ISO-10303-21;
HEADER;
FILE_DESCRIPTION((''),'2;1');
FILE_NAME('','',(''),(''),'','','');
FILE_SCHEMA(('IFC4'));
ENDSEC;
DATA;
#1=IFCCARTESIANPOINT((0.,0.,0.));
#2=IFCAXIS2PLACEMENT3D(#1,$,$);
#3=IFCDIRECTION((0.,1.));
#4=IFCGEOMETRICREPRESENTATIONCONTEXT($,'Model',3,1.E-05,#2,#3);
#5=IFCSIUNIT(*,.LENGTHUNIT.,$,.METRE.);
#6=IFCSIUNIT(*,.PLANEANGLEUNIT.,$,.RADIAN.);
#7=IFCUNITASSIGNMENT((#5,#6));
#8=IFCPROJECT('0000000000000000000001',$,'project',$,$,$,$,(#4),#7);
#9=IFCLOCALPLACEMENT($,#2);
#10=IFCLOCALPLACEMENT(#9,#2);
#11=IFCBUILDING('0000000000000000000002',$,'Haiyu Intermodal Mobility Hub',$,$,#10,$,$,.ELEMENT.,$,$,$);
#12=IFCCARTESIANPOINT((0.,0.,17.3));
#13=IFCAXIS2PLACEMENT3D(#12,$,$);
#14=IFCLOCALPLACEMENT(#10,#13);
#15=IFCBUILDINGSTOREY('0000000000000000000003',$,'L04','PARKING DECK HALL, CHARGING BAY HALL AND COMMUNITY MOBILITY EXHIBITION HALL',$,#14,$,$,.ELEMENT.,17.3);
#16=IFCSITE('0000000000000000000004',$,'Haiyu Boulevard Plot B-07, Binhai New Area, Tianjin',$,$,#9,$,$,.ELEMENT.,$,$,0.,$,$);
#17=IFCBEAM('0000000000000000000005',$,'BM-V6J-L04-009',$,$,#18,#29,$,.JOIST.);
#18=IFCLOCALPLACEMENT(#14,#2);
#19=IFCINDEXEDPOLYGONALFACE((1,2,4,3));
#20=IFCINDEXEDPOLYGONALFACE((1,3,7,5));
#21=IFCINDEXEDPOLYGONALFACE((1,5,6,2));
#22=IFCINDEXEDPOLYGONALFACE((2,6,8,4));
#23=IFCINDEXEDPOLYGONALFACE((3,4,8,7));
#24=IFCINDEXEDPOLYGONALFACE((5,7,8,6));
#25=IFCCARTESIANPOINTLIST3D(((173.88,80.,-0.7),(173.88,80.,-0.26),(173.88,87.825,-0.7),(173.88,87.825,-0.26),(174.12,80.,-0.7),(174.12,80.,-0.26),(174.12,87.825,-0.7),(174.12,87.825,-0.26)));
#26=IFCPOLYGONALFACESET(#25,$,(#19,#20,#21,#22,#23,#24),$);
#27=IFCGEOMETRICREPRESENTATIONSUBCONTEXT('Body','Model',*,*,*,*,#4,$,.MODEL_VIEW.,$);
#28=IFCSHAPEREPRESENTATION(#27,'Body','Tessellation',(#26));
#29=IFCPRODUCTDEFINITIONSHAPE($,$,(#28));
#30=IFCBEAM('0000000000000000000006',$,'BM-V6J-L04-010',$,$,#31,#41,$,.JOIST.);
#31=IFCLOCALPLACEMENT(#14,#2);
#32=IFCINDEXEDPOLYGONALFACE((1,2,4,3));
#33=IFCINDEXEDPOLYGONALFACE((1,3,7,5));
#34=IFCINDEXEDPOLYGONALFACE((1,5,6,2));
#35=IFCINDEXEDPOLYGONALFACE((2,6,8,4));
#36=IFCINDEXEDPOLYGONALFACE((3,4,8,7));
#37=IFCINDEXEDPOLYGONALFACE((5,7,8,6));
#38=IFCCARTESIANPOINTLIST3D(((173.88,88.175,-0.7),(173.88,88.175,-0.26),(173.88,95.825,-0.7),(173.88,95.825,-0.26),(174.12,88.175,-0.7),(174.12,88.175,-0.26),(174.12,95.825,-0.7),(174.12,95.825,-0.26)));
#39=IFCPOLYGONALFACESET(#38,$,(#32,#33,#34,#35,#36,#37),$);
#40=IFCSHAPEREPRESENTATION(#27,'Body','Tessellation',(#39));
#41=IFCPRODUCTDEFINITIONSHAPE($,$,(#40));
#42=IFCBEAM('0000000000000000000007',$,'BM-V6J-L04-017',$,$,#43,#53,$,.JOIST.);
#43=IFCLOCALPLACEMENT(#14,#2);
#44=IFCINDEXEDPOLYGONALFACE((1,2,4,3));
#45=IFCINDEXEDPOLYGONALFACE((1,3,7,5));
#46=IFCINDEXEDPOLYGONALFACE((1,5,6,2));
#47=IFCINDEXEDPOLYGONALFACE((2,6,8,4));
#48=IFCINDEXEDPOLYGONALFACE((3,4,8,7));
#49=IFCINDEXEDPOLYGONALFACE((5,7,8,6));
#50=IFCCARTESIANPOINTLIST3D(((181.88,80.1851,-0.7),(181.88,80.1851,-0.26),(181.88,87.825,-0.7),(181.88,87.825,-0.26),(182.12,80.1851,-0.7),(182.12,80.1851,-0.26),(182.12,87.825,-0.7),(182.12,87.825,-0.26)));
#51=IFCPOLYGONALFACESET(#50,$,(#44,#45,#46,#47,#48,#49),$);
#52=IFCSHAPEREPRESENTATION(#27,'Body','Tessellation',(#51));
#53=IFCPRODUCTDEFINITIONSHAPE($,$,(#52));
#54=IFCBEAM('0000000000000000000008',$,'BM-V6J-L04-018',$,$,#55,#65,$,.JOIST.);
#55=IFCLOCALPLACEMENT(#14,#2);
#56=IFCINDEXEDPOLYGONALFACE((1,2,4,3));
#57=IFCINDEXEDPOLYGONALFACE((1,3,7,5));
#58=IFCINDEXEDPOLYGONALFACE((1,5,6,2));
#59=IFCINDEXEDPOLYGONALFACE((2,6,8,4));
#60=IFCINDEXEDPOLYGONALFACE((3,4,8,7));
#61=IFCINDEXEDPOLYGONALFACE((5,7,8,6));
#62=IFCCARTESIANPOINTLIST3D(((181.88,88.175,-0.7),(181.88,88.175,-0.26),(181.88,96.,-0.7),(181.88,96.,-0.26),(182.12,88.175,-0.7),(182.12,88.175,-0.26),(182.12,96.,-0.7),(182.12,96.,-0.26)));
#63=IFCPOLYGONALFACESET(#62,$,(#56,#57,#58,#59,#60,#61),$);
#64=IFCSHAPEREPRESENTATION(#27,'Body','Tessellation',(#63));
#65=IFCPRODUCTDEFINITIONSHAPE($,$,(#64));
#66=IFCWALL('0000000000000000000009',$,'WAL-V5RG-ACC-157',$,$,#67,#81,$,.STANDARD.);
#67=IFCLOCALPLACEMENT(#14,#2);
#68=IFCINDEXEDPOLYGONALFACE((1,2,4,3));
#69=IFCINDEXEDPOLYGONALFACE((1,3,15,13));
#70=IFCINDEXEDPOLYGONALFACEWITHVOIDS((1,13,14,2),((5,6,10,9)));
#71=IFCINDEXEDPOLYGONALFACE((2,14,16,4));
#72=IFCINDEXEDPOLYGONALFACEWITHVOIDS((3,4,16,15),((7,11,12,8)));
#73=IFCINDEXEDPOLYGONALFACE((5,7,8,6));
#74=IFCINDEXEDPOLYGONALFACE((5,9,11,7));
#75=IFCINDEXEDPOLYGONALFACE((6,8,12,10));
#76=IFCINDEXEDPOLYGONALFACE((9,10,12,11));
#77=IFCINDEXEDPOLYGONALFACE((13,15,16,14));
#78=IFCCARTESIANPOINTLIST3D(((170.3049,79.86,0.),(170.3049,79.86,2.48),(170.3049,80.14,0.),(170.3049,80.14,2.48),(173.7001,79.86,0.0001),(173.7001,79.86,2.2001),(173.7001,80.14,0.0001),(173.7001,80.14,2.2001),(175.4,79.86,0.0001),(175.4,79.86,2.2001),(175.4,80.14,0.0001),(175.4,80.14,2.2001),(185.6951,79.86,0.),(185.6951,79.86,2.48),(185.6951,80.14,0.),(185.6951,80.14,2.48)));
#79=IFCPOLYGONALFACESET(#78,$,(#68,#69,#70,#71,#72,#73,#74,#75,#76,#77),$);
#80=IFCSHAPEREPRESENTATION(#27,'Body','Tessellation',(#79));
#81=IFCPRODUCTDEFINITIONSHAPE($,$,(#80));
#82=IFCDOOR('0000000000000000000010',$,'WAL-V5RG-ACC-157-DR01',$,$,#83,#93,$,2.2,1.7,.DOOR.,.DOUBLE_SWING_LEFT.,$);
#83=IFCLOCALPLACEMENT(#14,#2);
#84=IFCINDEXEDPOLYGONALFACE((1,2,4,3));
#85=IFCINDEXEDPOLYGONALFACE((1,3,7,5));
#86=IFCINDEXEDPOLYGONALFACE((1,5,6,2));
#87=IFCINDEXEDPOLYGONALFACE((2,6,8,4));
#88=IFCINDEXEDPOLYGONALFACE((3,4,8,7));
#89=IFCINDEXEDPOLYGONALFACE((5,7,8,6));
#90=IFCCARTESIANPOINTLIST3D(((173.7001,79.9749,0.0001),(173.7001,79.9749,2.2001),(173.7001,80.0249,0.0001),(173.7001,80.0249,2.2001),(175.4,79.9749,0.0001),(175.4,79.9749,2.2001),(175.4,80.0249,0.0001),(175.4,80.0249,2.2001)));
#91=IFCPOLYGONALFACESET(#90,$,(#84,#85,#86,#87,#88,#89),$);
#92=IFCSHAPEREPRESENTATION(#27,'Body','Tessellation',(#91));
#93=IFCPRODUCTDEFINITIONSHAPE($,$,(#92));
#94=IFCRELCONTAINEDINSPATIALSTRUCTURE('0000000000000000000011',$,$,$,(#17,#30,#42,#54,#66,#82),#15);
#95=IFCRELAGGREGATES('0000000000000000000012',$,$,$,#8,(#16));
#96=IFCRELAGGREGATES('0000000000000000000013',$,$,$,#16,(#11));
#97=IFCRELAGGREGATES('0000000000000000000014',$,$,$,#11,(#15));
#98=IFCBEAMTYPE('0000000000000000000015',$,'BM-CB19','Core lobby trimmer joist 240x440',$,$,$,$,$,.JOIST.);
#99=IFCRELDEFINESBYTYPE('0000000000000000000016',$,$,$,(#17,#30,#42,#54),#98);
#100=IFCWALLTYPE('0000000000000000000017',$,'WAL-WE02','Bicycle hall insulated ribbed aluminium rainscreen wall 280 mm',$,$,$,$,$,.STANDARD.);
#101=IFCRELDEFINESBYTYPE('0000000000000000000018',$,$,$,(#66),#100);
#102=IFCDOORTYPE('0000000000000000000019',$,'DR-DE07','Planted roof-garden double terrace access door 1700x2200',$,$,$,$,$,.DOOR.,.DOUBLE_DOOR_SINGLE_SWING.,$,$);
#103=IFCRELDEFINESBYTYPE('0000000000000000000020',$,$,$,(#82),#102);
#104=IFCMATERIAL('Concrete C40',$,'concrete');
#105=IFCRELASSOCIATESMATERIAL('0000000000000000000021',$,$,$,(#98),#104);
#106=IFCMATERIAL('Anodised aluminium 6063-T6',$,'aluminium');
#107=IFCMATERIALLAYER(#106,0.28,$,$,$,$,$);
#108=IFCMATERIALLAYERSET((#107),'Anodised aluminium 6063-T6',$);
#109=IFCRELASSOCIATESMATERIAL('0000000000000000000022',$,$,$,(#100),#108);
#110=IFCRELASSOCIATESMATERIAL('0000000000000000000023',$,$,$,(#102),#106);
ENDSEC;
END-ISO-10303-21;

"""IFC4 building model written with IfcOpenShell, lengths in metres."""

from ifc_helpers import new_model, si_unit, direction, frame, frame_2d, origin, origin_2d, place, context, subcontext, project, spatial, rectangle, extrude, material, layer, layer_set, material_profile, profile_set, type_object, element, fill, save


model = new_model("IFC4")

# Units and contexts
model_context = context("Model", 3, precision=1e-05, world=origin(), true_north=direction((0.0, 1.0)))
body_context = subcontext(model_context, "Body", "Model", "MODEL_VIEW")
ifc_project = project(units=[si_unit("LENGTHUNIT", "METRE"), si_unit("PLANEANGLEUNIT", "RADIAN")], contexts=[model_context])

# Site, building, storey
site_placement = place(None, origin())
site = spatial("IfcSite", under=ifc_project, at=site_placement, Name="Haiyu Boulevard Plot B-07, Binhai New Area, Tianjin", CompositionType="ELEMENT", RefElevation=0.0)
building_placement = place(site_placement, origin())
building = spatial("IfcBuilding", under=site, at=building_placement, Name="Haiyu Intermodal Mobility Hub", CompositionType="ELEMENT")
storey_placement = place(building_placement, frame((0.0, 0.0, 17.3)))
storey = spatial("IfcBuildingStorey", under=building, at=storey_placement, Name="L04", Description="PARKING DECK HALL, CHARGING BAY HALL AND COMMUNITY MOBILITY EXHIBITION HALL", CompositionType="ELEMENT", Elevation=17.3)

# Shared definitions
ifc_material_1 = material(Name="Concrete C40", Category="concrete")

# Beams
ifc_material_profile_1 = material_profile(ifc_material_1, rectangle(XDim=0.24, YDim=0.4399, at=origin_2d()), Name="B240x440")
ifc_profile_set_1 = profile_set([ifc_material_profile_1], Name="Concrete C40")
beam_type_1 = type_object("IfcBeamType", Name="BM-CB19", Description="Core lobby trimmer joist 240x440", PredefinedType="JOIST", material=ifc_profile_set_1)
beam_1_placement = place(storey_placement, frame((174.0, 80.0, -0.48), z_axis=(0.0, 1.0, 0.0), x_axis=(-1.0, 0.0, 0.0)))
element("IfcBeam", 1, at=beam_1_placement, inside=storey, type_object=beam_type_1, Name="BM-V6J-L04-009", PredefinedType="JOIST", context=body_context, shape_type="SweptSolid", body=[
    extrude(rectangle(XDim=0.24, YDim=0.4399, at=origin_2d()), origin(), (0.0, 0.0, 1.0), 7.825),
])
beam_2_placement = place(storey_placement, frame((174.0, 88.175, -0.48), z_axis=(0.0, 1.0, 0.0), x_axis=(-1.0, 0.0, 0.0)))
element("IfcBeam", 2, at=beam_2_placement, inside=storey, type_object=beam_type_1, Name="BM-V6J-L04-010", PredefinedType="JOIST", context=body_context, shape_type="SweptSolid", body=[
    extrude(rectangle(XDim=0.24, YDim=0.4399, at=origin_2d()), origin(), (0.0, 0.0, 1.0), 7.6499),
])
beam_3_placement = place(storey_placement, frame((182.0, 80.1851, -0.48), z_axis=(0.0, 1.0, 0.0), x_axis=(-1.0, 0.0, 0.0)))
element("IfcBeam", 3, at=beam_3_placement, inside=storey, type_object=beam_type_1, Name="BM-V6J-L04-017", PredefinedType="JOIST", context=body_context, shape_type="SweptSolid", body=[
    extrude(rectangle(XDim=0.24, YDim=0.4399, at=origin_2d()), origin(), (0.0, 0.0, 1.0), 7.6399),
])
beam_4_placement = place(storey_placement, frame((182.0, 88.175, -0.48), z_axis=(0.0, 1.0, 0.0), x_axis=(-1.0, 0.0, 0.0)))
element("IfcBeam", 4, at=beam_4_placement, inside=storey, type_object=beam_type_1, Name="BM-V6J-L04-018", PredefinedType="JOIST", context=body_context, shape_type="SweptSolid", body=[
    extrude(rectangle(XDim=0.24, YDim=0.4399, at=origin_2d()), origin(), (0.0, 0.0, 1.0), 7.825),
])

# Wall, opening, door
ifc_material_2 = material(Name="Anodised aluminium 6063-T6", Category="aluminium")
ifc_layer = layer(ifc_material_2, 0.28)
ifc_layer_set = layer_set([ifc_layer], Name="Anodised aluminium 6063-T6")
wall_type = type_object("IfcWallType", Name="WAL-WE02", Description="Bicycle hall insulated ribbed aluminium rainscreen wall 280 mm", PredefinedType="STANDARD", material=ifc_layer_set)
wall_placement = place(storey_placement, frame((170.3049, 80.0, 0.0), z_axis=(0.0, 0.0, 1.0), x_axis=(1.0, 0.0, 0.0)))
wall = element("IfcWall", 5, at=wall_placement, inside=storey, type_object=wall_type, Name="WAL-V5RG-ACC-157", PredefinedType="STANDARD", context=body_context, shape_type="SweptSolid", body=[
    extrude(rectangle(XDim=15.3901, YDim=0.28, at=frame_2d((7.6951, 0.0))), origin(), (0.0, 0.0, 1.0), 2.48),
])
opening_placement = place(wall_placement, frame((3.395, 0.0, 0.0)))
opening = element("IfcOpeningElement", 6, at=opening_placement, cuts=wall, PredefinedType="OPENING", context=body_context, shape_type="SweptSolid", body=[
    extrude(rectangle(XDim=1.7, YDim=2.2, at=frame_2d((0.8501, 1.1001))), frame((0.0, 0.1499, 0.0), z_axis=(0.0, -1.0, 0.0), x_axis=(1.0, 0.0, 0.0)), (0.0, 0.0, 1.0), 0.3),
])
door_type = type_object("IfcDoorType", Name="DR-DE07", Description="Planted roof-garden double terrace access door 1700x2200", OperationType="DOUBLE_DOOR_SINGLE_SWING", PredefinedType="DOOR", material=ifc_material_2)
door_placement = place(opening_placement, origin())
door = element("IfcDoor", 7, at=door_placement, inside=storey, type_object=door_type, Name="WAL-V5RG-ACC-157-DR01", OperationType="DOUBLE_SWING_LEFT", OverallHeight=2.2, OverallWidth=1.7, PredefinedType="DOOR", context=body_context, shape_type="SweptSolid", body=[
    extrude(rectangle(XDim=1.7, YDim=2.2, at=frame_2d((0.8501, 1.1001))), frame((0.0, 0.0249, 0.0), z_axis=(0.0, -1.0, 0.0), x_axis=(1.0, 0.0, 0.0)), (0.0, 0.0, 1.0), 0.05),
])
fill(opening, door)

save(model, "model.ifc")
